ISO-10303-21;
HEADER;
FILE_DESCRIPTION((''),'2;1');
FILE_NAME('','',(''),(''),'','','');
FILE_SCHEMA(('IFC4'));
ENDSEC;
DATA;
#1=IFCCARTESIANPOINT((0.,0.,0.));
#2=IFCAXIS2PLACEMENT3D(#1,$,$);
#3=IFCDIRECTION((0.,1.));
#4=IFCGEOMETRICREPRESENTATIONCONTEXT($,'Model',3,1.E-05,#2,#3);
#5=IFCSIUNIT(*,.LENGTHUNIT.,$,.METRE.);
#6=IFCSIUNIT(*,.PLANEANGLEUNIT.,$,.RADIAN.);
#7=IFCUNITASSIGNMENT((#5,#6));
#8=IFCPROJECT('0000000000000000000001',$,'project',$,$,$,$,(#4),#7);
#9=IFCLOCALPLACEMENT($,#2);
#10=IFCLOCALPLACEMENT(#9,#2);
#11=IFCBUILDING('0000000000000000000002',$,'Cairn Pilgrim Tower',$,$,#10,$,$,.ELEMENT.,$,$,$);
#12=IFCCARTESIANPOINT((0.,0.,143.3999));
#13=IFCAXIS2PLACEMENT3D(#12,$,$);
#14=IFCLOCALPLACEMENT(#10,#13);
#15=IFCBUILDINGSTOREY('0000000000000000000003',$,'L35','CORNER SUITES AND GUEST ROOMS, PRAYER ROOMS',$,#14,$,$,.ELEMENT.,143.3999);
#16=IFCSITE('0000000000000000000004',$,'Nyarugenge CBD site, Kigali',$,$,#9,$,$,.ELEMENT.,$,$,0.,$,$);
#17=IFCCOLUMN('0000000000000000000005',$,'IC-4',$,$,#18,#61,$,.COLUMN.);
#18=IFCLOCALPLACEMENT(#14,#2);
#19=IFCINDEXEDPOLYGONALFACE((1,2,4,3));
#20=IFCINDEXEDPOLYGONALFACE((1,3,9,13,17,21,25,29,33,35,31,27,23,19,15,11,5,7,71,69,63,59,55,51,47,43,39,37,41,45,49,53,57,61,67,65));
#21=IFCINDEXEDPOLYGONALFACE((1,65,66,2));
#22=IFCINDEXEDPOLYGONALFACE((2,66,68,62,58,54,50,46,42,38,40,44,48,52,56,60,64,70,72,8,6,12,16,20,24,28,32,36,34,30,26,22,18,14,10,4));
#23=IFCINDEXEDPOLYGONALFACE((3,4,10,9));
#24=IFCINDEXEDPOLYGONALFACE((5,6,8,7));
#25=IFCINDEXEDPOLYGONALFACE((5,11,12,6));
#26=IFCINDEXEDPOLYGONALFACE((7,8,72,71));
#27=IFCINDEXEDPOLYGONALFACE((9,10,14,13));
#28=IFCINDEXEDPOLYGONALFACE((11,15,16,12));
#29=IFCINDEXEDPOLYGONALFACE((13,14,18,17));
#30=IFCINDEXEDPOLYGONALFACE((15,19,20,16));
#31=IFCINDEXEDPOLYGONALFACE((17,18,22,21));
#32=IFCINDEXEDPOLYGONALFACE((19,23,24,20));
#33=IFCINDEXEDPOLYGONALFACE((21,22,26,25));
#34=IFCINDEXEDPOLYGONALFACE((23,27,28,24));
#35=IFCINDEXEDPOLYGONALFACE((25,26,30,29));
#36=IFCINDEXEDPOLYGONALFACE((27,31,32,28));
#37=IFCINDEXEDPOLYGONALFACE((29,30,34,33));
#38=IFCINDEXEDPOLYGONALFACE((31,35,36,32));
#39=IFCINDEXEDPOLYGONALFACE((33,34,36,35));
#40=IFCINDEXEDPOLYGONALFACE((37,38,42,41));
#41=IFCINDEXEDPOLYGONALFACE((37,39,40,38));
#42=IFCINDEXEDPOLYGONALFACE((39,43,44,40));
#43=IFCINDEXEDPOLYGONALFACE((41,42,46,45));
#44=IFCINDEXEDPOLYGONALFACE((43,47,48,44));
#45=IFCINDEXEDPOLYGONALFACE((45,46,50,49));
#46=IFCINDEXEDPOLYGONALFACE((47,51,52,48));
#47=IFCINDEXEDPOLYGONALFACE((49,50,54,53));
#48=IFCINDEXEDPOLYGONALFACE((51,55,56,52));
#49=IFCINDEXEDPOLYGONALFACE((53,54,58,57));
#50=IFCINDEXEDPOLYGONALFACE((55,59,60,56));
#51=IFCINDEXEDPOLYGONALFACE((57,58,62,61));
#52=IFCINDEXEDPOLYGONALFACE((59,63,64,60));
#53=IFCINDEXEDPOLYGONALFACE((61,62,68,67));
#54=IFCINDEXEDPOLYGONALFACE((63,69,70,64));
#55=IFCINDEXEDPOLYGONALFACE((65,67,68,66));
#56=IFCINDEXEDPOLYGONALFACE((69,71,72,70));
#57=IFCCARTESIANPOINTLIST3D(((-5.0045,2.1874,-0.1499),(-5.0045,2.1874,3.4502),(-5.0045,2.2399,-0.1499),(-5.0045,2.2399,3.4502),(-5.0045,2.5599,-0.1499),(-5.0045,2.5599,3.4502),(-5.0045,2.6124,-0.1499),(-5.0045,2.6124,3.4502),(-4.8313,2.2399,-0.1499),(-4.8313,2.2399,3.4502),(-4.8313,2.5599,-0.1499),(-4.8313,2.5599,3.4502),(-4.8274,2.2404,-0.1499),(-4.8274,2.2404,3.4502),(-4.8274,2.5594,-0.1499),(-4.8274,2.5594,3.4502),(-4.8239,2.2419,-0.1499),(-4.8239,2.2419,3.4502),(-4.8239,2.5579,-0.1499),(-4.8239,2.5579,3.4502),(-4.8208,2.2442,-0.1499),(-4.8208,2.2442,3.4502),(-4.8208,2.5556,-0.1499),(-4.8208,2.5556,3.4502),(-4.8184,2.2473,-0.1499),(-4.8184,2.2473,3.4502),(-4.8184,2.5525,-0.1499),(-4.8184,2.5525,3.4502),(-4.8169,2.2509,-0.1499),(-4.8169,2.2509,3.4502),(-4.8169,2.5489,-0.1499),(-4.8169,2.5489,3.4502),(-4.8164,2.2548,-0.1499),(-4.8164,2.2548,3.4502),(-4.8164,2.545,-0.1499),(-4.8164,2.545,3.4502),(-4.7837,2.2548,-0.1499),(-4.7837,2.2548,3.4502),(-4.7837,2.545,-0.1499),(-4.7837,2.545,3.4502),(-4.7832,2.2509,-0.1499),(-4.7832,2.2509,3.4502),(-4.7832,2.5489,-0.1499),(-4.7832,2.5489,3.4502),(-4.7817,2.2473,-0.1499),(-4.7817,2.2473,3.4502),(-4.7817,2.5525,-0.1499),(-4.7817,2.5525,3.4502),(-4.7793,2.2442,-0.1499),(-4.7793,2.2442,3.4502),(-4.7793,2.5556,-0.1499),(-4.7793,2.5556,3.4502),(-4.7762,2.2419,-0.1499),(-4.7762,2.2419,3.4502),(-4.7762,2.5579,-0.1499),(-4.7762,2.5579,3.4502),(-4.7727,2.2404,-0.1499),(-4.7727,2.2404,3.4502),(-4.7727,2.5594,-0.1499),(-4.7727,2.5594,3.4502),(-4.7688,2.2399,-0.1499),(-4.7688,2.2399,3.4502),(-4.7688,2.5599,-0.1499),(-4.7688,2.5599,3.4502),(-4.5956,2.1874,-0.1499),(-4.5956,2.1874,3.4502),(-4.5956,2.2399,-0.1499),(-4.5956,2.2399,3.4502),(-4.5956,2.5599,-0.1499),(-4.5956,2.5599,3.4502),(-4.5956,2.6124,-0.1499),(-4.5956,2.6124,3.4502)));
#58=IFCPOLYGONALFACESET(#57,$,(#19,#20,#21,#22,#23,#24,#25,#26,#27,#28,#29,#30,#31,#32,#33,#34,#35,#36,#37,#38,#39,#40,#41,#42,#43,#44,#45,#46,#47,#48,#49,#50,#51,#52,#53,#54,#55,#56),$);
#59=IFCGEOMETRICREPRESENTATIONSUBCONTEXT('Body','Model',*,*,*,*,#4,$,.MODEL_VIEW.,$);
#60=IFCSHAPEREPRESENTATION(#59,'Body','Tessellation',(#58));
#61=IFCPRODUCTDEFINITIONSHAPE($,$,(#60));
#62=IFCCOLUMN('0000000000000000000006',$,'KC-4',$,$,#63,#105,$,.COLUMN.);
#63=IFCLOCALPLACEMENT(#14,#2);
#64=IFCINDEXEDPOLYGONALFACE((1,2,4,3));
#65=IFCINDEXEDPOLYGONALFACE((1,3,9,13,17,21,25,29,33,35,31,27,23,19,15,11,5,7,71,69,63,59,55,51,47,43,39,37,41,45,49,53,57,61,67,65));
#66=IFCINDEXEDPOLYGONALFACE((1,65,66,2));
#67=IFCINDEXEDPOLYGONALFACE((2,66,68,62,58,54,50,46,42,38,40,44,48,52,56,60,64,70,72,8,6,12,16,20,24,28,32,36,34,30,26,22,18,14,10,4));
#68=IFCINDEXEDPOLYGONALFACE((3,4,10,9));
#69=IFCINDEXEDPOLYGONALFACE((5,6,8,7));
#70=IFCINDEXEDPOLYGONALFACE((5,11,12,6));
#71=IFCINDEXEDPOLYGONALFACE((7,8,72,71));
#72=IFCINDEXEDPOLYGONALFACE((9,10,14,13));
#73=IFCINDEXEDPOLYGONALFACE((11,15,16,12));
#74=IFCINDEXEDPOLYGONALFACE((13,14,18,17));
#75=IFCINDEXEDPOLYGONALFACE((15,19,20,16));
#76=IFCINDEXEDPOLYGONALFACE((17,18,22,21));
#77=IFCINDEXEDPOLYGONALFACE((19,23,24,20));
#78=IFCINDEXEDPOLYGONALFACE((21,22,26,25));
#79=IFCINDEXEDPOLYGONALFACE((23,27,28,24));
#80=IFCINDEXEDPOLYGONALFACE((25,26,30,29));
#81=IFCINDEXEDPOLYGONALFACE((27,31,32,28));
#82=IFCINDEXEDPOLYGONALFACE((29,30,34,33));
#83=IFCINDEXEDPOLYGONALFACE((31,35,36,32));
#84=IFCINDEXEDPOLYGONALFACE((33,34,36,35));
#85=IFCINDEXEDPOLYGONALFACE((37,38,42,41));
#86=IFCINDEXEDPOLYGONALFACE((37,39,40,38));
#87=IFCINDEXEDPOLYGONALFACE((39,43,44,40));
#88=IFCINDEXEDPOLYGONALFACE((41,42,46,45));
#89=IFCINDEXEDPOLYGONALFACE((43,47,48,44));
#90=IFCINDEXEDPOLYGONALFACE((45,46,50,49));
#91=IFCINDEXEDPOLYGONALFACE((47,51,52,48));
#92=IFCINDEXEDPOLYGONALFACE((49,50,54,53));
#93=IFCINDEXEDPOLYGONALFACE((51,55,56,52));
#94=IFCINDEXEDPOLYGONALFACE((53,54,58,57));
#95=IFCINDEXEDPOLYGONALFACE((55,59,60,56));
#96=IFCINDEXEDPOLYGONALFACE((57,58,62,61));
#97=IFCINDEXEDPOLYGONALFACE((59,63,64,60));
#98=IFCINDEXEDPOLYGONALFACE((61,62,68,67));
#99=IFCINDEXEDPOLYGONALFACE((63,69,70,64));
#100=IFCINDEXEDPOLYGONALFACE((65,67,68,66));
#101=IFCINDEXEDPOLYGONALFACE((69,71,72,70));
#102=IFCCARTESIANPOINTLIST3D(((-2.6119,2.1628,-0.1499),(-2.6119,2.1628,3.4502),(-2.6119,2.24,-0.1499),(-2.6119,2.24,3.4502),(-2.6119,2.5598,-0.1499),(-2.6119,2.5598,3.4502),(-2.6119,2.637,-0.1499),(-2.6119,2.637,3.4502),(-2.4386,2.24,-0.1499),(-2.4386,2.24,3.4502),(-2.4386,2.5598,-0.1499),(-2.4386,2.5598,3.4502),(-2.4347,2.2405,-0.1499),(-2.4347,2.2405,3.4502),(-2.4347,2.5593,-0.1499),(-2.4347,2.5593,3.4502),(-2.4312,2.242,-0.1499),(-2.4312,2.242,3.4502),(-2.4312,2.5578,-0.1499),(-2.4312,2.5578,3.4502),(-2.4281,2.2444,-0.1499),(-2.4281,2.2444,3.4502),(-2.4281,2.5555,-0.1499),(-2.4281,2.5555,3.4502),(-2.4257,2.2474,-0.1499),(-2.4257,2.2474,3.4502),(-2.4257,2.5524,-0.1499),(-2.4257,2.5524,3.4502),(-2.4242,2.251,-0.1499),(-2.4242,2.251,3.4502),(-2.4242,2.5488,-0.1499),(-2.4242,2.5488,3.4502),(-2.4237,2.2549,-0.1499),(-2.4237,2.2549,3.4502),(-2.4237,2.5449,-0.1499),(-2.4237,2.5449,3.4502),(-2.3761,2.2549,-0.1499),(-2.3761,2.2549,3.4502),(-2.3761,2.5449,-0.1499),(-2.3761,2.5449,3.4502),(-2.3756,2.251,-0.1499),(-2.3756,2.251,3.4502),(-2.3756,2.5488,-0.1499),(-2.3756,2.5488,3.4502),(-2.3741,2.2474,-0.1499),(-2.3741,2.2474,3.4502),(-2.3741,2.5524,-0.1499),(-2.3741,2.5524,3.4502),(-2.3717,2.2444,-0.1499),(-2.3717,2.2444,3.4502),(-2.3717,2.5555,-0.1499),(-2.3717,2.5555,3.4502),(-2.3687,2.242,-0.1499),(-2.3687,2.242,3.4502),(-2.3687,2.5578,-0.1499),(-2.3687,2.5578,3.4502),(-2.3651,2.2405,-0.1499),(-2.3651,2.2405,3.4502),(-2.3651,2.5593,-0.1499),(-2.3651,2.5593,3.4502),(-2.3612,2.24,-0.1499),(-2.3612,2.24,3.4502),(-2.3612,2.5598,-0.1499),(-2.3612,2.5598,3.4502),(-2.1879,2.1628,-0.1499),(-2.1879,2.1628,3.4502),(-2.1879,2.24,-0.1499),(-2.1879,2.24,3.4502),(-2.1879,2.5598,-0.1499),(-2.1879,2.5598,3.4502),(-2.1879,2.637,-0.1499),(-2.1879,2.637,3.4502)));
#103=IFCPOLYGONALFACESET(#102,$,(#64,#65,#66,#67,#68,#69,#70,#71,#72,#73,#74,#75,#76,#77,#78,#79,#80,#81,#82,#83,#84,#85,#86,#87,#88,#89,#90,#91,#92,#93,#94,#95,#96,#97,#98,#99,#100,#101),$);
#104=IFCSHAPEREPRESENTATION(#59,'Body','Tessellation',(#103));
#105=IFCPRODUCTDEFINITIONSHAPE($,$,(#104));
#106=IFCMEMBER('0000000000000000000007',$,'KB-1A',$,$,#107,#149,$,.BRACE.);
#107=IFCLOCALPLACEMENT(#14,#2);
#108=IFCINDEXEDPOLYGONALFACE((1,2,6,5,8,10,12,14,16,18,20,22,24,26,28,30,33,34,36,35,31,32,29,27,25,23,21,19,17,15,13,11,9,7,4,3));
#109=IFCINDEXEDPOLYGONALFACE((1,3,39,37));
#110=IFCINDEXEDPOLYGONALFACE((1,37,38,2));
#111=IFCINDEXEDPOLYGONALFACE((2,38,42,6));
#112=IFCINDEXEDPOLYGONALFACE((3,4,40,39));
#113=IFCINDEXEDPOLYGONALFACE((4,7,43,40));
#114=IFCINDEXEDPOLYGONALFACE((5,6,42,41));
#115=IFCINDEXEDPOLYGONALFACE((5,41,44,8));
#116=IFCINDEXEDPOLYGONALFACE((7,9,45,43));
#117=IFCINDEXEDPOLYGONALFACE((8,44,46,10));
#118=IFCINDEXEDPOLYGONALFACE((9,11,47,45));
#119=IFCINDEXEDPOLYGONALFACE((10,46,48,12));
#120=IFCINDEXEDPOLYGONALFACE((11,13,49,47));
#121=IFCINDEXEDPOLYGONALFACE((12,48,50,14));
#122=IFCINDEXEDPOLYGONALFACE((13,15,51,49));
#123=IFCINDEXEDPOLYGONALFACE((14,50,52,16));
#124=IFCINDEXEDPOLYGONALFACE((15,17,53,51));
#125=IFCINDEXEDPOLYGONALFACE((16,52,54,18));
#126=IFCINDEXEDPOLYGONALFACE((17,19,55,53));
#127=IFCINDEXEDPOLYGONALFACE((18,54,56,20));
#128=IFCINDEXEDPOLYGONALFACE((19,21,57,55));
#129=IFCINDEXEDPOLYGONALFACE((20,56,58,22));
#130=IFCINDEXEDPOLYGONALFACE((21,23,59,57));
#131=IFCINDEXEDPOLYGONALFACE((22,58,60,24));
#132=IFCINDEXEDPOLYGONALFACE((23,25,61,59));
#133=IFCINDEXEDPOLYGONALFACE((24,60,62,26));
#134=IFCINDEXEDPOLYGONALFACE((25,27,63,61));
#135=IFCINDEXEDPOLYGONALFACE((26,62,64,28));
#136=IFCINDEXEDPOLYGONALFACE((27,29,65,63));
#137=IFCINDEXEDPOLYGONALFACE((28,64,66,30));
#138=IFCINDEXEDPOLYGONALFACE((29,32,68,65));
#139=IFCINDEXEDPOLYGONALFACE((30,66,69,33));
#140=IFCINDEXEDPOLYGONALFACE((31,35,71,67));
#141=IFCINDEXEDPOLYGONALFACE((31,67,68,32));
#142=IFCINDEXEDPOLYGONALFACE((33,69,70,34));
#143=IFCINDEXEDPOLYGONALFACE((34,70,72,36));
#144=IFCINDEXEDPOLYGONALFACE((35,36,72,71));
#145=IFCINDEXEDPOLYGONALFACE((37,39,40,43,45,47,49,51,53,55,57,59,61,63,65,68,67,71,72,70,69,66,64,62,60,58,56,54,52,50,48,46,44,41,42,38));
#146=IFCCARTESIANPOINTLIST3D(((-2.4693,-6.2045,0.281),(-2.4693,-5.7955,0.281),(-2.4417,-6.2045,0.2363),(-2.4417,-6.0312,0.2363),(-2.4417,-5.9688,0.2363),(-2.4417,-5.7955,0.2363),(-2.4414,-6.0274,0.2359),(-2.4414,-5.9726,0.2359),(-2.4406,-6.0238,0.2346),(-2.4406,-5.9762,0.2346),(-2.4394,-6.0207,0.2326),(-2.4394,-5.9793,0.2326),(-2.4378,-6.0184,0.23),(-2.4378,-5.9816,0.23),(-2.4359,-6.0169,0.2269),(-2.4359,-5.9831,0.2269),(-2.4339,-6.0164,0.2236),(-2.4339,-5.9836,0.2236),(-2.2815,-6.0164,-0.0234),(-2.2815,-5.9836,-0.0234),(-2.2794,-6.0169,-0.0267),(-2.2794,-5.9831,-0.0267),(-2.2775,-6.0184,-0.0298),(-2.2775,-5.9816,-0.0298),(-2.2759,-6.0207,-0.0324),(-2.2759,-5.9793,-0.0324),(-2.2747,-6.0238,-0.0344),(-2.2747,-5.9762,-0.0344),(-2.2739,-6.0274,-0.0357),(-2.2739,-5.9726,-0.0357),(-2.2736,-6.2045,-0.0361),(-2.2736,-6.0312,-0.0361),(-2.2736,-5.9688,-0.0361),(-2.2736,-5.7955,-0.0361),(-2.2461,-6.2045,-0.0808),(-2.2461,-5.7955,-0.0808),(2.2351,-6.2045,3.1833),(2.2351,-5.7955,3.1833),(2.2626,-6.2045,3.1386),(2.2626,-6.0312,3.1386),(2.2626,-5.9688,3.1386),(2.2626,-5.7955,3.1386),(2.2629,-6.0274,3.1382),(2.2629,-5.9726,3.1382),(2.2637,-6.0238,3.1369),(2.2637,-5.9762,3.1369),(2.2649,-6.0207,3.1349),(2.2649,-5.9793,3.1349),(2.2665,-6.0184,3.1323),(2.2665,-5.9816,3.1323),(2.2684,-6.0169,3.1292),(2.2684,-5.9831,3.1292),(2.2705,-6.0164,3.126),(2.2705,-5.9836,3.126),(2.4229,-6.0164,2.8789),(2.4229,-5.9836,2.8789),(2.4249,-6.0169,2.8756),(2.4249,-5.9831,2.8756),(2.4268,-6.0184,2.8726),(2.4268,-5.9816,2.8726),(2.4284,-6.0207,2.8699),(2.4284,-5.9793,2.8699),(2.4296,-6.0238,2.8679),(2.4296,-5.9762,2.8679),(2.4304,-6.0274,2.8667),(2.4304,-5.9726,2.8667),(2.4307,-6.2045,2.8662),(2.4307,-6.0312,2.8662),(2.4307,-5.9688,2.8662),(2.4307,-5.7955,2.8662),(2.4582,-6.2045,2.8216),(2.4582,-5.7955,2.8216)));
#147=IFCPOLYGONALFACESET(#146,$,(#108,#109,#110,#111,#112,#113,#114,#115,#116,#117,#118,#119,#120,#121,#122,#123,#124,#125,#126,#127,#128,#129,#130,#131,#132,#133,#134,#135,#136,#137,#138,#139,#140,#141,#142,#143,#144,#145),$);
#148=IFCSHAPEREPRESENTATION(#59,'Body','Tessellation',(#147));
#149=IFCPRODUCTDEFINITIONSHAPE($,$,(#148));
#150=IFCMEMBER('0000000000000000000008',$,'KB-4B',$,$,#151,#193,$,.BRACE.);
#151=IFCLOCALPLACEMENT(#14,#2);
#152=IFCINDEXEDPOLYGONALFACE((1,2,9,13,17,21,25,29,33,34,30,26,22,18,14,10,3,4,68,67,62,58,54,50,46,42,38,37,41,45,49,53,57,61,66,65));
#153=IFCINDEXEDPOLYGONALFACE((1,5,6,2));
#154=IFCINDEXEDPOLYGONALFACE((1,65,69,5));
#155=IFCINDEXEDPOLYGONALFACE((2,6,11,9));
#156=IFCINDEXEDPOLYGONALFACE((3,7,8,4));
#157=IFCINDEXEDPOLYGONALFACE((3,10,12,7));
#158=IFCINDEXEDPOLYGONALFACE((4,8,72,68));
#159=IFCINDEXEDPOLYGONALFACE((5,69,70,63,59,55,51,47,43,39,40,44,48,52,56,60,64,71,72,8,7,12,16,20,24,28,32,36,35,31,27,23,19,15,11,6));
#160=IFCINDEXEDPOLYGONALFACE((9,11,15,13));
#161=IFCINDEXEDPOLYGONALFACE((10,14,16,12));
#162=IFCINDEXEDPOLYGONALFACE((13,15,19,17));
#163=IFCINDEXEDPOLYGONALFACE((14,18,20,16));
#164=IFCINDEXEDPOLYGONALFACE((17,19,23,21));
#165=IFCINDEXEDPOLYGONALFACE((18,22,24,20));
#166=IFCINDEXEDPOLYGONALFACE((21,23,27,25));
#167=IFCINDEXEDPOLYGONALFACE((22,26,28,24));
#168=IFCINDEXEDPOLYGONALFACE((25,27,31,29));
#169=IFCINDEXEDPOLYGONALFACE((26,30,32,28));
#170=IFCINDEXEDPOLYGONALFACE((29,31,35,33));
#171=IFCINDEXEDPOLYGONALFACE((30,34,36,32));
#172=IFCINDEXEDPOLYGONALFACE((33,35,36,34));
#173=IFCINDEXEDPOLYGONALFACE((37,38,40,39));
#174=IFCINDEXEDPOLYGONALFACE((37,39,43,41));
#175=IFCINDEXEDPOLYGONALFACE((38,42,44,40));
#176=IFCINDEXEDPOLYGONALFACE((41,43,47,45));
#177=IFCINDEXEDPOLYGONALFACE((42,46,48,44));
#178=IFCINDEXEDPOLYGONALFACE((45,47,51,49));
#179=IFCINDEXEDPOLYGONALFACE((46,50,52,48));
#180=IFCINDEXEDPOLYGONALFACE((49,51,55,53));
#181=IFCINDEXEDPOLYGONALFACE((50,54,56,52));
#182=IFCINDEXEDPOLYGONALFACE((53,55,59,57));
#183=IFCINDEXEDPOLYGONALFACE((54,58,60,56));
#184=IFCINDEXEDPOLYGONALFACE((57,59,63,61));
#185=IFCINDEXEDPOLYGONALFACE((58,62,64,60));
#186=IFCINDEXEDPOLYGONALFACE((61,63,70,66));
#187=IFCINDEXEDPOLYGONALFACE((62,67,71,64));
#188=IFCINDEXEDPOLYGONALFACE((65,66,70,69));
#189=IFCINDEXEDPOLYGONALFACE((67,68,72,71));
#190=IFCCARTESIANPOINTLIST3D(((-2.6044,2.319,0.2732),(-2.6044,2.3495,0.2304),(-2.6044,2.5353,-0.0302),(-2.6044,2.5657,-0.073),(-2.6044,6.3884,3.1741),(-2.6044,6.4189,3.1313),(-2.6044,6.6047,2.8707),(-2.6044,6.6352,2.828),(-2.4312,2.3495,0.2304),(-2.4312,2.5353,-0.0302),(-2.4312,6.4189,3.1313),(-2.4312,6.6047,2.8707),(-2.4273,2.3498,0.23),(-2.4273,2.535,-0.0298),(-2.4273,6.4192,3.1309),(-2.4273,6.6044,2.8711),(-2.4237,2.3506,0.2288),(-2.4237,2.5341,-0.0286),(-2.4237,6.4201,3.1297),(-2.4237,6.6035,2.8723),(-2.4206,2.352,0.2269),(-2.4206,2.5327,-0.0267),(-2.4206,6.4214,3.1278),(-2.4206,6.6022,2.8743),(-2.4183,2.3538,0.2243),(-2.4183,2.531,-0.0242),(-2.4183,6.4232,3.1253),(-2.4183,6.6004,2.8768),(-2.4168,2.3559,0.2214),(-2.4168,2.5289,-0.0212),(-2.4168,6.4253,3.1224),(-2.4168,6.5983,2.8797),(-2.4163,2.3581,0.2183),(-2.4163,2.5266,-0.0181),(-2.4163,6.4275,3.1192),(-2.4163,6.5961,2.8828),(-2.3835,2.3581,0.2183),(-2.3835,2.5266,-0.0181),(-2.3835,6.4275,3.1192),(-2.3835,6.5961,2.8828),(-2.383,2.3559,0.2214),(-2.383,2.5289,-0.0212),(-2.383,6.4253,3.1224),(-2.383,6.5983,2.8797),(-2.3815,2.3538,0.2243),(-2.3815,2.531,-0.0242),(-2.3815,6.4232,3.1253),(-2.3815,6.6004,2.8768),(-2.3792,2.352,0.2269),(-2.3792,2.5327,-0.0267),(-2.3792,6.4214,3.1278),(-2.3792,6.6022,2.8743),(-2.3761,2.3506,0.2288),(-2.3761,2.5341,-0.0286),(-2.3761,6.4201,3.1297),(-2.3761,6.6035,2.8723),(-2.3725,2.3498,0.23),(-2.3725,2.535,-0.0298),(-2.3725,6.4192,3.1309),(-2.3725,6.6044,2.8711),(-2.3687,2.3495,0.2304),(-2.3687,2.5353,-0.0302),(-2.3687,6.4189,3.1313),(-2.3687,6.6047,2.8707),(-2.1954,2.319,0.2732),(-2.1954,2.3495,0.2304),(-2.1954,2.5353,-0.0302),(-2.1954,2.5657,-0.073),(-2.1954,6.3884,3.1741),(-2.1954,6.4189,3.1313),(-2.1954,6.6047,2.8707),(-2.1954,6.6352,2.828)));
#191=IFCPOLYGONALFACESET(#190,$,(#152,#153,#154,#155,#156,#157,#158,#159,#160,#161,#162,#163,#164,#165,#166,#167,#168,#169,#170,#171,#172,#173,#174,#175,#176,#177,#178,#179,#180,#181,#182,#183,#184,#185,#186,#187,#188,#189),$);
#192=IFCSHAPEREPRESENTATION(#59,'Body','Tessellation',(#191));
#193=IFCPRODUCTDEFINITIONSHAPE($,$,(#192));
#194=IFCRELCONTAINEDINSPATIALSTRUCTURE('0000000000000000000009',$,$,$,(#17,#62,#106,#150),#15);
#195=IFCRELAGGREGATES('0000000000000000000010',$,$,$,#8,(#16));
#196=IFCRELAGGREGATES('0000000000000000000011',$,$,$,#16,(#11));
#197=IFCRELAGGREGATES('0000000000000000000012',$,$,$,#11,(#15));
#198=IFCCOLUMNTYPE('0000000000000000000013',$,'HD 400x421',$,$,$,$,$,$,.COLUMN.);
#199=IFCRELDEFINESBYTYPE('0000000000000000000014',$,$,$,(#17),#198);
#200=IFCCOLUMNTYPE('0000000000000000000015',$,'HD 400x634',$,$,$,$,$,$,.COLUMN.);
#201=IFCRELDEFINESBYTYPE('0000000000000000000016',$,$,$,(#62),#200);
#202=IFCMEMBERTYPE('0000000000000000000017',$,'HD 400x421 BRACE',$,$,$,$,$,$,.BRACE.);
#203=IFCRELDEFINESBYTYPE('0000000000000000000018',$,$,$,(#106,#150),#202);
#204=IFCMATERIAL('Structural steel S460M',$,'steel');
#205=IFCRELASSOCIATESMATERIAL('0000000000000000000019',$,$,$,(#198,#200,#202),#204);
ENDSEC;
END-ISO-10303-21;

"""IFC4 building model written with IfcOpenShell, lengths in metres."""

from ifc_helpers import new_model, si_unit, direction, frame, origin, origin_2d, place, context, subcontext, project, spatial, i_section, extrude, material, material_profile, profile_set, type_object, element, save


model = new_model("IFC4")

# Units and contexts
model_context = context("Model", 3, precision=1e-05, world=origin(), true_north=direction((0.0, 1.0)))
body_context = subcontext(model_context, "Body", "Model", "MODEL_VIEW")
ifc_project = project(units=[si_unit("LENGTHUNIT", "METRE"), si_unit("PLANEANGLEUNIT", "RADIAN")], contexts=[model_context])

# Site, building, storey
site_placement = place(None, origin())
site = spatial("IfcSite", under=ifc_project, at=site_placement, Name="Nyarugenge CBD site, Kigali", CompositionType="ELEMENT", RefElevation=0.0)
building_placement = place(site_placement, origin())
building = spatial("IfcBuilding", under=site, at=building_placement, Name="Cairn Pilgrim Tower", CompositionType="ELEMENT")
storey_placement = place(building_placement, frame((0.0, 0.0, 143.3999)))
storey = spatial("IfcBuildingStorey", under=building, at=storey_placement, Name="L35", Description="CORNER SUITES AND GUEST ROOMS, PRAYER ROOMS", CompositionType="ELEMENT", Elevation=143.3999)

# Columns
ifc_material_1 = material(Name="Structural steel S460M", Category="steel")
ifc_material_profile_1 = material_profile(ifc_material_1, i_section(OverallWidth=0.4089, OverallDepth=0.425, WebThickness=0.0327, FlangeThickness=0.0525, FilletRadius=0.0149, at=origin_2d()), Name="HD 400x421")
ifc_profile_set_1 = profile_set([ifc_material_profile_1], Name="Structural steel S460M")
column_type_1 = type_object("IfcColumnType", Name="HD 400x421", PredefinedType="COLUMN", material=ifc_profile_set_1)
column_1_placement = place(storey_placement, frame((-4.8, 2.3999, -0.1499), z_axis=(0.0, 0.0, 1.0), x_axis=(1.0, 0.0, 0.0)))
element("IfcColumn", 1, at=column_1_placement, inside=storey, type_object=column_type_1, Name="IC-4", PredefinedType="COLUMN", context=body_context, shape_type="SweptSolid", body=[
    extrude(i_section(OverallWidth=0.4089, OverallDepth=0.425, WebThickness=0.0327, FlangeThickness=0.0525, FilletRadius=0.0149, at=origin_2d()), origin(), (0.0, 0.0, 1.0), 3.6001),
])
ifc_material_profile_2 = material_profile(ifc_material_1, i_section(OverallWidth=0.4241, OverallDepth=0.4741, WebThickness=0.0476, FlangeThickness=0.0771, FilletRadius=0.0149, at=origin_2d()), Name="HD 400x634")
ifc_profile_set_2 = profile_set([ifc_material_profile_2], Name="Structural steel S460M")
column_type_2 = type_object("IfcColumnType", Name="HD 400x634", PredefinedType="COLUMN", material=ifc_profile_set_2)
column_2_placement = place(storey_placement, frame((-2.3999, 2.3999, -0.1499), z_axis=(0.0, 0.0, 1.0), x_axis=(1.0, 0.0, 0.0)))
element("IfcColumn", 2, at=column_2_placement, inside=storey, type_object=column_type_2, Name="KC-4", PredefinedType="COLUMN", context=body_context, shape_type="SweptSolid", body=[
    extrude(i_section(OverallWidth=0.4241, OverallDepth=0.4741, WebThickness=0.0476, FlangeThickness=0.0771, FilletRadius=0.0149, at=origin_2d()), origin(), (0.0, 0.0, 1.0), 3.6001),
])

# Members
ifc_material_profile_3 = material_profile(ifc_material_1, i_section(OverallWidth=0.4089, OverallDepth=0.425, WebThickness=0.0327, FlangeThickness=0.0525, FilletRadius=0.0149, at=origin_2d()), Name="HD 400x421")
ifc_profile_set_3 = profile_set([ifc_material_profile_3], Name="Structural steel S460M")
member_type = type_object("IfcMemberType", Name="HD 400x421 BRACE", PredefinedType="BRACE", material=ifc_profile_set_3)
member_1_placement = place(storey_placement, frame((-2.3577, -6.0, 0.1001), z_axis=(0.851063, 0.0, 0.525063), x_axis=(0.0, 1.0, 0.0)))
element("IfcMember", 3, at=member_1_placement, inside=storey, type_object=member_type, Name="KB-1A", PredefinedType="BRACE", context=body_context, shape_type="SweptSolid", body=[
    extrude(i_section(OverallWidth=0.4089, OverallDepth=0.425, WebThickness=0.0327, FlangeThickness=0.0525, FilletRadius=0.0149, at=origin_2d()), origin(), (0.0, 0.0, 1.0), 5.5276),
])
member_2_placement = place(storey_placement, frame((-2.3999, 2.4424, 0.1001), z_axis=(0.0, 0.814281, 0.580471), x_axis=(-1.0, 0.0, 0.0)))
element("IfcMember", 4, at=member_2_placement, inside=storey, type_object=member_type, Name="KB-4B", PredefinedType="BRACE", context=body_context, shape_type="SweptSolid", body=[
    extrude(i_section(OverallWidth=0.4089, OverallDepth=0.425, WebThickness=0.0327, FlangeThickness=0.0525, FilletRadius=0.0149, at=origin_2d()), origin(), (0.0, 0.0, 1.0), 4.9976),
])

save(model, "model.ifc")
